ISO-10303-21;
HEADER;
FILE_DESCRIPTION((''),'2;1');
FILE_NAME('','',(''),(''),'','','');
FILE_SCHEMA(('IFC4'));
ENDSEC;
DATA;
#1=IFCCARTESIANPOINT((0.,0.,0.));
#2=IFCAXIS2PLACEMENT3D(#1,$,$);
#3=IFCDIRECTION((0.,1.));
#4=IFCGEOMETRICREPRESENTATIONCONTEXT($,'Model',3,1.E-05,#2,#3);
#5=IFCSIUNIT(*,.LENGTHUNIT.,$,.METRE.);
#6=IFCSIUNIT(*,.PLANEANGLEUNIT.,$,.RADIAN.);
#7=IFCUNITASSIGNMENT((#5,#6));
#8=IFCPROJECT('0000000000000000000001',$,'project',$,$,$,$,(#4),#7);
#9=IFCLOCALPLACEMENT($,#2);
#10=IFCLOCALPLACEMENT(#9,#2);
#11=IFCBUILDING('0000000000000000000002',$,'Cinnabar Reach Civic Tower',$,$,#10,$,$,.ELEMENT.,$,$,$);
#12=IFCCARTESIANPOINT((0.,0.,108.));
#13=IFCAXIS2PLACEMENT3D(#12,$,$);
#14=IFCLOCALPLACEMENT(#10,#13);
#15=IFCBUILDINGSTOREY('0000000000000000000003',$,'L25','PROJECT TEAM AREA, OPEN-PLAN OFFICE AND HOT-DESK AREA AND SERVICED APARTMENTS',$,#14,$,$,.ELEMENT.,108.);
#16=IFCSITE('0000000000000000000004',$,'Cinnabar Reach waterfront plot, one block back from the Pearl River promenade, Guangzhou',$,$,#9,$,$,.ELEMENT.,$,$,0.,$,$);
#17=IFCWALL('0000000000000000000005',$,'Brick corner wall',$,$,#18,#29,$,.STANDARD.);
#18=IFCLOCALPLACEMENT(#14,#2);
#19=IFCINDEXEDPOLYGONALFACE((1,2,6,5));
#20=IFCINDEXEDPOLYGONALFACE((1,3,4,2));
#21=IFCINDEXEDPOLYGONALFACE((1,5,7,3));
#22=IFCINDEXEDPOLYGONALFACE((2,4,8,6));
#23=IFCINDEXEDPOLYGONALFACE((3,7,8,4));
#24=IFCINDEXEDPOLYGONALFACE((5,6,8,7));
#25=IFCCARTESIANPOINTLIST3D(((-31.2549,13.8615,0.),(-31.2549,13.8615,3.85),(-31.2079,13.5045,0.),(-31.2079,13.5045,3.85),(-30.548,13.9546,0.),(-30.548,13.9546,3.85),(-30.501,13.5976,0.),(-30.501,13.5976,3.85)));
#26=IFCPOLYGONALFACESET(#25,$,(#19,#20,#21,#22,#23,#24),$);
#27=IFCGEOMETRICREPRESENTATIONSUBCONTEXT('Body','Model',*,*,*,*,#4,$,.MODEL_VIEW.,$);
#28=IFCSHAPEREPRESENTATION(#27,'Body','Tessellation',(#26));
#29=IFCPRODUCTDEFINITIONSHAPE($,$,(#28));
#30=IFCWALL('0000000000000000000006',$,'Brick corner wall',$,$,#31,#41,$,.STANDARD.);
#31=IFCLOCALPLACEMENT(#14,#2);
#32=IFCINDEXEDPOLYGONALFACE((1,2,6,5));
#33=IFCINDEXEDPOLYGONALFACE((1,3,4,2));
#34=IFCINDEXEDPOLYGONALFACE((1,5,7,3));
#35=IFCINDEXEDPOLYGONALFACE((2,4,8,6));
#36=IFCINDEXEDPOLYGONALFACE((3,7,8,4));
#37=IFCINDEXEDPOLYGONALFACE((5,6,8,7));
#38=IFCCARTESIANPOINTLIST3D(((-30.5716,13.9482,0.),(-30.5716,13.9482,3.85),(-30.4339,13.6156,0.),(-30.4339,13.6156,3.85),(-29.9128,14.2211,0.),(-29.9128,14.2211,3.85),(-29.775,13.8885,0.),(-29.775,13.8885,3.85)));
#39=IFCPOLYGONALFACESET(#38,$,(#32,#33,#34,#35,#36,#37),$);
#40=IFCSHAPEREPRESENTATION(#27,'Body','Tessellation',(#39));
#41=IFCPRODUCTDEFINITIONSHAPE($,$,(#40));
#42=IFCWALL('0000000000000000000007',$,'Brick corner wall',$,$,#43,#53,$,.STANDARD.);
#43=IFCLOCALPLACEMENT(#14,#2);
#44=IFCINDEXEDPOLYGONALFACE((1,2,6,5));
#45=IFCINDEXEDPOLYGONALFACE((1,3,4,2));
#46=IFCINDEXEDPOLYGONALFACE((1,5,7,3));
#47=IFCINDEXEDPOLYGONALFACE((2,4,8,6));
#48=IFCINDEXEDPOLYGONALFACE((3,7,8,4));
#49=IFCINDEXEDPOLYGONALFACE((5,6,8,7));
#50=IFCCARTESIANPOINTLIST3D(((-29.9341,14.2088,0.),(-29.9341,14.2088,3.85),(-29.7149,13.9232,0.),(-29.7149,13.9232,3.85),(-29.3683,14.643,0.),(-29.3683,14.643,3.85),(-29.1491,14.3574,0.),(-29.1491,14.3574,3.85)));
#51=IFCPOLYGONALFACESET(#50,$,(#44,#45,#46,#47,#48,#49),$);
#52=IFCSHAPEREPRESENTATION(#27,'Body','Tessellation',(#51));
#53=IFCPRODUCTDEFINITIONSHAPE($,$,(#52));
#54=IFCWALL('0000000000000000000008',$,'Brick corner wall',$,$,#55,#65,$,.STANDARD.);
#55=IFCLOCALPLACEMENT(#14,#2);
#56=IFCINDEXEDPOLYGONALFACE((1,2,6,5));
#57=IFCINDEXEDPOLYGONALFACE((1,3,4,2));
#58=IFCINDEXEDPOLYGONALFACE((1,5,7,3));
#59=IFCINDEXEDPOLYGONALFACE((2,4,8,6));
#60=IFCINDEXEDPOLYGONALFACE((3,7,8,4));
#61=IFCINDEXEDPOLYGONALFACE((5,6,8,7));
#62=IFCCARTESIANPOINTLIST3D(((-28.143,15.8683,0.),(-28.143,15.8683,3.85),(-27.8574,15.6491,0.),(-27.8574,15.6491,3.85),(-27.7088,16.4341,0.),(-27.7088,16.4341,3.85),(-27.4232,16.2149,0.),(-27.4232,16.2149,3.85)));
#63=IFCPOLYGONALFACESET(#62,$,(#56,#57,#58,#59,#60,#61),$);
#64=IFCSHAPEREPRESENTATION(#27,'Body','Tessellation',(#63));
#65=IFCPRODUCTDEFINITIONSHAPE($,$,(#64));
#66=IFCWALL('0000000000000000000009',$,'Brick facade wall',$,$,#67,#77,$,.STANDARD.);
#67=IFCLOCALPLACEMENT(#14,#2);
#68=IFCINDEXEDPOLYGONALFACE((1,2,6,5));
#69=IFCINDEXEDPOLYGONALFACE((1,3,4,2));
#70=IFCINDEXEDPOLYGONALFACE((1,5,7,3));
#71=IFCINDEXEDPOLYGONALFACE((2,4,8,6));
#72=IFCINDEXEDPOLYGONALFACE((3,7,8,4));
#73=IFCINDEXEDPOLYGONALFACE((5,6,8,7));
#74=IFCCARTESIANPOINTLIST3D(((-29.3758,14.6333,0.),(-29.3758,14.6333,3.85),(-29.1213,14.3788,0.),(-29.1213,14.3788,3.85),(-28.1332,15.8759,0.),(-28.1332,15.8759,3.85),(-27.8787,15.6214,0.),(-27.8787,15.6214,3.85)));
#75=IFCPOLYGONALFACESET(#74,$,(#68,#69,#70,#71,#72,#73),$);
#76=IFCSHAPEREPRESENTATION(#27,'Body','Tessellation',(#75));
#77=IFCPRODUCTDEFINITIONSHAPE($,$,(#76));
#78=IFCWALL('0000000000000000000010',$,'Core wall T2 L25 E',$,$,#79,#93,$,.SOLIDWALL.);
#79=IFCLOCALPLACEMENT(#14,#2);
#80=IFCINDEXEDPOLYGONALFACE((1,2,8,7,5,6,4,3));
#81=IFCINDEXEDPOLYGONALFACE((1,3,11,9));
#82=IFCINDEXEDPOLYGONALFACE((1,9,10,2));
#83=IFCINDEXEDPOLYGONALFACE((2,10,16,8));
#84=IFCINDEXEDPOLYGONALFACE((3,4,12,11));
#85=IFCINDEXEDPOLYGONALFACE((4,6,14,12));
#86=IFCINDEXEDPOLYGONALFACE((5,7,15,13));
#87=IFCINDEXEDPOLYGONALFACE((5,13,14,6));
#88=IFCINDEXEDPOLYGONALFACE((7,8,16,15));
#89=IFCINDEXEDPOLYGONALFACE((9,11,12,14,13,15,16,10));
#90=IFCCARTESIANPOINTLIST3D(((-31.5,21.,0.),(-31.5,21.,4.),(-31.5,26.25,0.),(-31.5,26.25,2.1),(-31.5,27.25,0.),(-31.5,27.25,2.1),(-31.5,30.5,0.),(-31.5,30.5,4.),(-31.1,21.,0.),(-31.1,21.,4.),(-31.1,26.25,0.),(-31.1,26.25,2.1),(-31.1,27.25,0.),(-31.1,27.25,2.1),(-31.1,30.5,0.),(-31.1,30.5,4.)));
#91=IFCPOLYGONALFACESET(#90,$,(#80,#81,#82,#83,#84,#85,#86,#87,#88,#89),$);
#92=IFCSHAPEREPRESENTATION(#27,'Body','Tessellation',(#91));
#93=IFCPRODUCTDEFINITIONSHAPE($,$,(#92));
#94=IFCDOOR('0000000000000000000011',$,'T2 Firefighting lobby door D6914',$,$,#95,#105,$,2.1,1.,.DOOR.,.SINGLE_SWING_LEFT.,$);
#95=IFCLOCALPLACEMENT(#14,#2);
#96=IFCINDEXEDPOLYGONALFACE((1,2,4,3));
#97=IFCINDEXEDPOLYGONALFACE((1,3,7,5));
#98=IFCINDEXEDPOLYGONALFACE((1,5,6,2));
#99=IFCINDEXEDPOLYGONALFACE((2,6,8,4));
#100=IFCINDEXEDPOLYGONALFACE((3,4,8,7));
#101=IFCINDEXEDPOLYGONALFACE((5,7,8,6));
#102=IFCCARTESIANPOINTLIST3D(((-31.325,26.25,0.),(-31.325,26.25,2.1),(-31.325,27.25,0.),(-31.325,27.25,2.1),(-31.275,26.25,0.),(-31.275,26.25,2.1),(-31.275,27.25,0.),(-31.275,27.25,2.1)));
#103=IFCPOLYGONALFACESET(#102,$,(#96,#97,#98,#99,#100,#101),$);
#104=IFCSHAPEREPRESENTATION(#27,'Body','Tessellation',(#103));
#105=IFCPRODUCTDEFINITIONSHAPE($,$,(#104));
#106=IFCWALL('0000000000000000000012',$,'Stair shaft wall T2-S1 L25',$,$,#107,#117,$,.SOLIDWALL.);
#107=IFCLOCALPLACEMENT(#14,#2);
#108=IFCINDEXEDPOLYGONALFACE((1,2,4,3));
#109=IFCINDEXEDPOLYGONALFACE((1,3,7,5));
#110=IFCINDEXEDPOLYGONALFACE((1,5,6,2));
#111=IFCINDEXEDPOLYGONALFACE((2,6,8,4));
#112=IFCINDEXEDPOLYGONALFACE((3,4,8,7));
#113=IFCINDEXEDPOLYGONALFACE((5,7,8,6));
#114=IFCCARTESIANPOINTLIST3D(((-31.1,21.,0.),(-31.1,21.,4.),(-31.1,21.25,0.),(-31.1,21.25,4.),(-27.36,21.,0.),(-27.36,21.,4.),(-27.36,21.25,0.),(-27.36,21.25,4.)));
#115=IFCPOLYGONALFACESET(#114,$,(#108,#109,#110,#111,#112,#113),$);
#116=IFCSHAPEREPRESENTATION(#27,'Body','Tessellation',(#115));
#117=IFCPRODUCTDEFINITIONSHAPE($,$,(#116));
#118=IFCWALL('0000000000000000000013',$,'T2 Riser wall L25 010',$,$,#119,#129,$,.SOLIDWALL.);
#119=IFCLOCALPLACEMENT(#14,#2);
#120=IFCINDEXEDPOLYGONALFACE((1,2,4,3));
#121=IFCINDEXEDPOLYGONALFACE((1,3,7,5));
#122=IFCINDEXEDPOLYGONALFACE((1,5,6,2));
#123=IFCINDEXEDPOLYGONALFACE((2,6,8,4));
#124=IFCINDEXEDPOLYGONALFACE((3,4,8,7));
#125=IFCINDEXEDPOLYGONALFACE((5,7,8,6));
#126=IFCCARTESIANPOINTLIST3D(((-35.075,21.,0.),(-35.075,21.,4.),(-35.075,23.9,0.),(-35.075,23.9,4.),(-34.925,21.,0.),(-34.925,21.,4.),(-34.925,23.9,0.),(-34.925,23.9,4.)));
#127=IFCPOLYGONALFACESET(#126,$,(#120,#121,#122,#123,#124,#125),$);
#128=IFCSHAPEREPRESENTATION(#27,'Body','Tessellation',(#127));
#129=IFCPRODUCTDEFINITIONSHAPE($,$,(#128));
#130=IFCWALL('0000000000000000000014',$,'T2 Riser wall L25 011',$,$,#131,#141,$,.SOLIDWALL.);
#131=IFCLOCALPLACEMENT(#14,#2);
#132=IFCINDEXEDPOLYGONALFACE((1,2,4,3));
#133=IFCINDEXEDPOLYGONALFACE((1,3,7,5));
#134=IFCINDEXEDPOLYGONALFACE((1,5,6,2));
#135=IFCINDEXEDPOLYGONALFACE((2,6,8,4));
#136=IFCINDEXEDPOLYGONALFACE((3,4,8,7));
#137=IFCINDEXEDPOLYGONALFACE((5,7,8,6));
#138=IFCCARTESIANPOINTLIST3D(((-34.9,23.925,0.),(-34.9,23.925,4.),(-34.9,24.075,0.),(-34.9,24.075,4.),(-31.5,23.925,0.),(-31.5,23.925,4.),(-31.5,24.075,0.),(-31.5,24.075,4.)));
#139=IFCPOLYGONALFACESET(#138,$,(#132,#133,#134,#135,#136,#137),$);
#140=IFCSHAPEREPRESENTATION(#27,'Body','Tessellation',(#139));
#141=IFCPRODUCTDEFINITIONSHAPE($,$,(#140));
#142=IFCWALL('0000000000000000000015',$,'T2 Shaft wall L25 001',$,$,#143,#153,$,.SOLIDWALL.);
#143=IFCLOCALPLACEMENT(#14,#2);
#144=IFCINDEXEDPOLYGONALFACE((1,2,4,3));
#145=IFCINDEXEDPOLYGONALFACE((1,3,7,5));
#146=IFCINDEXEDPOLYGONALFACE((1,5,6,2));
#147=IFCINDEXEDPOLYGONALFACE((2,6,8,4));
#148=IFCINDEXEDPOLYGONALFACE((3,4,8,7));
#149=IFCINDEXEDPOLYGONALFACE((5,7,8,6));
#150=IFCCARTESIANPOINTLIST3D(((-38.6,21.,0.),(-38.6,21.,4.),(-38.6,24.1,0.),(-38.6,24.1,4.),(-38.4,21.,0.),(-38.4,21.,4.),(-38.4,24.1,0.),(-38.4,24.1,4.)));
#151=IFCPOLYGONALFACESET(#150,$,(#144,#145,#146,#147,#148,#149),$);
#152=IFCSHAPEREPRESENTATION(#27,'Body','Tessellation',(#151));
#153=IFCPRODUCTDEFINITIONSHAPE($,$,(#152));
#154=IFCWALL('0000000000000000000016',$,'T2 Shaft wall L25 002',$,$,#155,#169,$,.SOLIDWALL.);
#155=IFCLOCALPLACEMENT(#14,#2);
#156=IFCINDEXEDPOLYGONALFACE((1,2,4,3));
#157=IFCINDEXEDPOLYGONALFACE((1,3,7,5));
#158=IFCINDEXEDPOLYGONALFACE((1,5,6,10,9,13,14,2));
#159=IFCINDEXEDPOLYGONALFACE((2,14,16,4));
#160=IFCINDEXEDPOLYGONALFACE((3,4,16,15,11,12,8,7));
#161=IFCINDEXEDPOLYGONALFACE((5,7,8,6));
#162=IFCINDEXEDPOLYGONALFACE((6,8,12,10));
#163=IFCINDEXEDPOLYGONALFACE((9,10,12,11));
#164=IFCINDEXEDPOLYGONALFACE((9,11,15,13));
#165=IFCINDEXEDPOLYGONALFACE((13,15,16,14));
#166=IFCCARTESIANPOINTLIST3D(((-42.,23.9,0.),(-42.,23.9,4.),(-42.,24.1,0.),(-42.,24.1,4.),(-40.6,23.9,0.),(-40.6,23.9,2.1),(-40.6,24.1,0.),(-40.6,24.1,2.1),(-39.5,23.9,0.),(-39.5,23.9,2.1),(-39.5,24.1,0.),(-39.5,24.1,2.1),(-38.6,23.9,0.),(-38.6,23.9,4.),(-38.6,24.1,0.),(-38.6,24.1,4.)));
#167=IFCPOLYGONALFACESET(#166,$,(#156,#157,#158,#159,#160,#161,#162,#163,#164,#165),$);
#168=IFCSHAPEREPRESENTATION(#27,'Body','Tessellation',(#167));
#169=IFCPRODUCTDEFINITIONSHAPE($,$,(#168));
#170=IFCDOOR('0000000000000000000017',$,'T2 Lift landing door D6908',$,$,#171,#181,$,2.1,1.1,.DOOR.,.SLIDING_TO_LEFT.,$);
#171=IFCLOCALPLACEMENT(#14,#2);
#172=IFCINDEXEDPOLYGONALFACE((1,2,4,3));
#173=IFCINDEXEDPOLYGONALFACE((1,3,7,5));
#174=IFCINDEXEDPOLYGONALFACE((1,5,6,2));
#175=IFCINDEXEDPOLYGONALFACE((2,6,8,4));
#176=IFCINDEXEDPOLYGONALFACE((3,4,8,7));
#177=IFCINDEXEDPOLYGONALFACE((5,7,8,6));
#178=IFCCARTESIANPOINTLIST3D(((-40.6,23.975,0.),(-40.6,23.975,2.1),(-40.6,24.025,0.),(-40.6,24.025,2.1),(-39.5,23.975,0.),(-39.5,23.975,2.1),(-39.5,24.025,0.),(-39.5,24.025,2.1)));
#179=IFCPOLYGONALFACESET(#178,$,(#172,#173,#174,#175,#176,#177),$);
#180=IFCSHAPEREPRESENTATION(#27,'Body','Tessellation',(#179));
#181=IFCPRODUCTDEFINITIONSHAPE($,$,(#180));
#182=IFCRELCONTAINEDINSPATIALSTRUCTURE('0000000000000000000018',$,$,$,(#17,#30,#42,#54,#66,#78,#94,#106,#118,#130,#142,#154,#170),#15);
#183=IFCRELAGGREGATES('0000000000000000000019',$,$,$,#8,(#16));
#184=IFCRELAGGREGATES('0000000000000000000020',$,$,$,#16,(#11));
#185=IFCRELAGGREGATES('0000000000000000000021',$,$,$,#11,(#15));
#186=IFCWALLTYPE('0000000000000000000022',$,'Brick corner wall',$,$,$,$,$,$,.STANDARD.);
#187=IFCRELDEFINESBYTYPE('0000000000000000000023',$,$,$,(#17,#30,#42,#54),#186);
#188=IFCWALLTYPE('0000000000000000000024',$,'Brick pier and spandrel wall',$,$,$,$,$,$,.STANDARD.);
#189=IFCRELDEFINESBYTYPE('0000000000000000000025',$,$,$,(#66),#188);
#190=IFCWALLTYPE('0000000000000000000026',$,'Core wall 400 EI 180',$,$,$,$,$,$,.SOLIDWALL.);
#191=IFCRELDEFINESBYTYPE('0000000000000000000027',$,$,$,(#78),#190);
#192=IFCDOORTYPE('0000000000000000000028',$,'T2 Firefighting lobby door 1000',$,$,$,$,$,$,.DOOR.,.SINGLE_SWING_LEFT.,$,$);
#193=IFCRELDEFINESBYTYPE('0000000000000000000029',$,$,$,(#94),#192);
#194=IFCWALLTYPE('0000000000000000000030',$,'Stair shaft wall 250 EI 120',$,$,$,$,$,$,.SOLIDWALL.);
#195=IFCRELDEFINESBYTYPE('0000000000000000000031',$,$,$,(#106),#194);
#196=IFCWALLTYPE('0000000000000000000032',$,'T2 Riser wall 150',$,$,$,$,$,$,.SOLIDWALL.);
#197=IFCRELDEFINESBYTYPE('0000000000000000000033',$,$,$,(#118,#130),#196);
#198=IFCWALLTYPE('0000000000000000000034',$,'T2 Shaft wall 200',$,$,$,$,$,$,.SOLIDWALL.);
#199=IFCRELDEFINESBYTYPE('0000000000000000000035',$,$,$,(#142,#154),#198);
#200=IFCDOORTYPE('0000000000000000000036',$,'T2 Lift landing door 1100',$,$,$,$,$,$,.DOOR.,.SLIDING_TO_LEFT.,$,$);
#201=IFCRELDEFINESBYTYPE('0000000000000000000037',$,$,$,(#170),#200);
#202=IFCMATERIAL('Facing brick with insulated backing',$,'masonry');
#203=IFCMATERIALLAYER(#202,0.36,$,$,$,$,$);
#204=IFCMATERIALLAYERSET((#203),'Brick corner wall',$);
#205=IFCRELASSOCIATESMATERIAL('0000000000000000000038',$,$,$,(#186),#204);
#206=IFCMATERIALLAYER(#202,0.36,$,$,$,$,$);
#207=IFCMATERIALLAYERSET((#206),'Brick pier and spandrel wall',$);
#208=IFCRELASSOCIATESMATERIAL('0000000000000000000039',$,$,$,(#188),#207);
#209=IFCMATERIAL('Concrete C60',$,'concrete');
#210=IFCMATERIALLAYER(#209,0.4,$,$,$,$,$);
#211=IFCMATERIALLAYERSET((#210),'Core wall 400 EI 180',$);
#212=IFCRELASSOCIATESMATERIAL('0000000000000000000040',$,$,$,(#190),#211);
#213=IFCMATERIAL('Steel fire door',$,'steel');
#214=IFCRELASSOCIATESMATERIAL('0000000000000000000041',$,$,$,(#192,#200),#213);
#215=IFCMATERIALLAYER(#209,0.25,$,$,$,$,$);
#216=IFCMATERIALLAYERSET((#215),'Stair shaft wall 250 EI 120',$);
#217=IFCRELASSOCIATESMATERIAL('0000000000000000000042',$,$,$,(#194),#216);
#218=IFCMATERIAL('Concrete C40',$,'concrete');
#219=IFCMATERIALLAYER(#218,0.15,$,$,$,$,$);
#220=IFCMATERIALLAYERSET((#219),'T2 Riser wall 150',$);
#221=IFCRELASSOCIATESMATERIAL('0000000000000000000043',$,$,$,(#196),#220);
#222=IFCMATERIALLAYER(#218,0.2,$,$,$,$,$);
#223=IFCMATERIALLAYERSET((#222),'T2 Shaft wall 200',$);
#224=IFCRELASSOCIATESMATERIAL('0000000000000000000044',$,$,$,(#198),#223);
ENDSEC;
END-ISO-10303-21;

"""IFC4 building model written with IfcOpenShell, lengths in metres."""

from ifc_helpers import new_model, si_unit, direction, frame, frame_2d, origin, place, context, subcontext, project, spatial, rectangle, extrude, material, layer, layer_set, type_object, element, fill, save


model = new_model("IFC4")

# Units and contexts
model_context = context("Model", 3, precision=1e-05, world=origin(), true_north=direction((0.0, 1.0)))
body_context = subcontext(model_context, "Body", "Model", "MODEL_VIEW")
ifc_project = project(units=[si_unit("LENGTHUNIT", "METRE"), si_unit("PLANEANGLEUNIT", "RADIAN")], contexts=[model_context])

# Site, building, storey
site_placement = place(None, origin())
site = spatial("IfcSite", under=ifc_project, at=site_placement, Name="Cinnabar Reach waterfront plot, one block back from the Pearl River promenade, Guangzhou", CompositionType="ELEMENT", RefElevation=0.0)
building_placement = place(site_placement, origin())
building = spatial("IfcBuilding", under=site, at=building_placement, Name="Cinnabar Reach Civic Tower", CompositionType="ELEMENT")
storey_placement = place(building_placement, frame((0.0, 0.0, 108.0)))
storey = spatial("IfcBuildingStorey", under=building, at=storey_placement, Name="L25", Description="PROJECT TEAM AREA, OPEN-PLAN OFFICE AND HOT-DESK AREA AND SERVICED APARTMENTS", CompositionType="ELEMENT", Elevation=108.0)

# Shared definitions
ifc_material_1 = material(Name="Concrete C60", Category="concrete")

# Walls
ifc_material_2 = material(Name="Facing brick with insulated backing", Category="masonry")
ifc_layer_1 = layer(ifc_material_2, 0.36)
ifc_layer_set_1 = layer_set([ifc_layer_1], Name="Brick corner wall")
wall_type_1 = type_object("IfcWallType", Name="Brick corner wall", PredefinedType="STANDARD", material=ifc_layer_set_1)
for number, where, z_axis, x_axis, name in (
    (1, (-31.2314, 13.683, 0.0), (0.0, 0.0, 1.0), (0.991441, 0.130556, 0.0), "Brick corner wall"),
    (2, (-30.5027, 13.7819, 0.0), (0.0, 0.0, 1.0), (0.923872, 0.382703, 0.0), "Brick corner wall"),
):
    element("IfcWall", number, at=place(storey_placement, frame(where, z_axis=z_axis, x_axis=x_axis)), inside=storey, type_object=wall_type_1, Name=name, PredefinedType="STANDARD", context=body_context, shape_type="SweptSolid", body=[
        extrude(rectangle(XDim=0.7131, YDim=0.36, at=frame_2d((0.3565, 0.0))), origin(), (0.0, 0.0, 1.0), 3.85),
    ])
for number, where, z_axis, x_axis, name in (
    (3, (-29.8245, 14.066, 0.0), (0.0, 0.0, 1.0), (0.793322, 0.608802, 0.0), "Brick corner wall"),
    (4, (-28.0002, 15.7587, 0.0), (0.0, 0.0, 1.0), (0.608802, 0.793322, 0.0), "Brick corner wall"),
):
    element("IfcWall", number, at=place(storey_placement, frame(where, z_axis=z_axis, x_axis=x_axis)), inside=storey, type_object=wall_type_1, Name=name, PredefinedType="STANDARD", context=body_context, shape_type="SweptSolid", body=[
        extrude(rectangle(XDim=0.7132, YDim=0.36, at=frame_2d((0.3566, 0.0))), origin(), (0.0, 0.0, 1.0), 3.85),
    ])
ifc_layer_2 = layer(ifc_material_2, 0.36)
ifc_layer_set_2 = layer_set([ifc_layer_2], Name="Brick pier and spandrel wall")
wall_type_2 = type_object("IfcWallType", Name="Brick pier and spandrel wall", PredefinedType="STANDARD", material=ifc_layer_set_2)
wall_1_placement = place(storey_placement, frame((-29.2486, 14.506, 0.0), z_axis=(0.0, 0.0, 1.0), x_axis=(0.707107, 0.707107, 0.0)))
element("IfcWall", 5, at=wall_1_placement, inside=storey, type_object=wall_type_2, Name="Brick facade wall", PredefinedType="STANDARD", context=body_context, shape_type="SweptSolid", body=[
    extrude(rectangle(XDim=1.7573, YDim=0.36, at=frame_2d((0.8787, 0.0))), origin(), (0.0, 0.0, 1.0), 3.85),
])

# Wall, opening, door
ifc_layer_3 = layer(ifc_material_1, 0.4)
ifc_layer_set_3 = layer_set([ifc_layer_3], Name="Core wall 400 EI 180")
wall_type_3 = type_object("IfcWallType", Name="Core wall 400 EI 180", PredefinedType="SOLIDWALL", material=ifc_layer_set_3)
wall_2_placement = place(storey_placement, frame((-31.3, 21.0, 0.0), z_axis=(0.0, 0.0, 1.0), x_axis=(0.0, 1.0, 0.0)))
wall_2 = element("IfcWall", 6, at=wall_2_placement, inside=storey, type_object=wall_type_3, Name="Core wall T2 L25 E", PredefinedType="SOLIDWALL", context=body_context, shape_type="SweptSolid", body=[
    extrude(rectangle(XDim=9.5, YDim=0.4, at=frame_2d((4.75, 0.0))), origin(), (0.0, 0.0, 1.0), 4.0),
])
opening_1_placement = place(wall_2_placement, frame((5.25, 0.0, 0.0)))
opening_1 = element("IfcOpeningElement", 7, at=opening_1_placement, cuts=wall_2, PredefinedType="OPENING", context=body_context, shape_type="SweptSolid", body=[
    extrude(rectangle(XDim=1.0, YDim=2.1, at=frame_2d((0.5, 1.05))), frame((0.0, 0.21, 0.0), z_axis=(0.0, -1.0, 0.0), x_axis=(1.0, 0.0, 0.0)), (0.0, 0.0, 1.0), 0.42),
])
ifc_material_3 = material(Name="Steel fire door", Category="steel")
door_type_1 = type_object("IfcDoorType", Name="T2 Firefighting lobby door 1000", OperationType="SINGLE_SWING_LEFT", PredefinedType="DOOR", material=ifc_material_3)
door_1_placement = place(opening_1_placement, frame((1.0, 0.0, 0.0), z_axis=(0.0, 0.0, 1.0), x_axis=(-1.0, 0.0, 0.0)))
door_1 = element("IfcDoor", 8, at=door_1_placement, inside=storey, type_object=door_type_1, Name="T2 Firefighting lobby door D6914", OperationType="SINGLE_SWING_LEFT", OverallHeight=2.1, OverallWidth=1.0, PredefinedType="DOOR", context=body_context, shape_type="SweptSolid", body=[
    extrude(rectangle(XDim=1.0, YDim=2.1, at=frame_2d((0.5, 1.05))), frame((0.0, 0.025, 0.0), z_axis=(0.0, -1.0, 0.0), x_axis=(1.0, 0.0, 0.0)), (0.0, 0.0, 1.0), 0.05),
])
fill(opening_1, door_1)

# Walls
ifc_layer_4 = layer(ifc_material_1, 0.25)
ifc_layer_set_4 = layer_set([ifc_layer_4], Name="Stair shaft wall 250 EI 120")
wall_type_4 = type_object("IfcWallType", Name="Stair shaft wall 250 EI 120", PredefinedType="SOLIDWALL", material=ifc_layer_set_4)
wall_3_placement = place(storey_placement, frame((-31.1, 21.125, 0.0), z_axis=(0.0, 0.0, 1.0), x_axis=(1.0, 0.0, 0.0)))
element("IfcWall", 9, at=wall_3_placement, inside=storey, type_object=wall_type_4, Name="Stair shaft wall T2-S1 L25", PredefinedType="SOLIDWALL", context=body_context, shape_type="SweptSolid", body=[
    extrude(rectangle(XDim=3.74, YDim=0.25, at=frame_2d((1.87, 0.0))), origin(), (0.0, 0.0, 1.0), 4.0),
])
ifc_material_4 = material(Name="Concrete C40", Category="concrete")
ifc_layer_5 = layer(ifc_material_4, 0.15)
ifc_layer_set_5 = layer_set([ifc_layer_5], Name="T2 Riser wall 150")
wall_type_5 = type_object("IfcWallType", Name="T2 Riser wall 150", PredefinedType="SOLIDWALL", material=ifc_layer_set_5)
wall_4_placement = place(storey_placement, frame((-35.0, 21.0, 0.0), z_axis=(0.0, 0.0, 1.0), x_axis=(0.0, 1.0, 0.0)))
element("IfcWall", 10, at=wall_4_placement, inside=storey, type_object=wall_type_5, Name="T2 Riser wall L25 010", PredefinedType="SOLIDWALL", context=body_context, shape_type="SweptSolid", body=[
    extrude(rectangle(XDim=2.9, YDim=0.15, at=frame_2d((1.45, 0.0))), origin(), (0.0, 0.0, 1.0), 4.0),
])
wall_5_placement = place(storey_placement, frame((-31.5, 24.0, 0.0), z_axis=(0.0, 0.0, 1.0), x_axis=(-1.0, 0.0, 0.0)))
element("IfcWall", 11, at=wall_5_placement, inside=storey, type_object=wall_type_5, Name="T2 Riser wall L25 011", PredefinedType="SOLIDWALL", context=body_context, shape_type="SweptSolid", body=[
    extrude(rectangle(XDim=3.4, YDim=0.15, at=frame_2d((1.7, 0.0))), origin(), (0.0, 0.0, 1.0), 4.0),
])
ifc_layer_6 = layer(ifc_material_4, 0.2)
ifc_layer_set_6 = layer_set([ifc_layer_6], Name="T2 Shaft wall 200")
wall_type_6 = type_object("IfcWallType", Name="T2 Shaft wall 200", PredefinedType="SOLIDWALL", material=ifc_layer_set_6)
wall_6_placement = place(storey_placement, frame((-38.5, 21.0, 0.0), z_axis=(0.0, 0.0, 1.0), x_axis=(0.0, 1.0, 0.0)))
element("IfcWall", 12, at=wall_6_placement, inside=storey, type_object=wall_type_6, Name="T2 Shaft wall L25 001", PredefinedType="SOLIDWALL", context=body_context, shape_type="SweptSolid", body=[
    extrude(rectangle(XDim=3.1, YDim=0.2, at=frame_2d((1.55, 0.0))), origin(), (0.0, 0.0, 1.0), 4.0),
])

# Wall, opening, door
wall_7_placement = place(storey_placement, frame((-38.6, 24.0, 0.0), z_axis=(0.0, 0.0, 1.0), x_axis=(-1.0, 0.0, 0.0)))
wall_7 = element("IfcWall", 13, at=wall_7_placement, inside=storey, type_object=wall_type_6, Name="T2 Shaft wall L25 002", PredefinedType="SOLIDWALL", context=body_context, shape_type="SweptSolid", body=[
    extrude(rectangle(XDim=3.4, YDim=0.2, at=frame_2d((1.7, 0.0))), origin(), (0.0, 0.0, 1.0), 4.0),
])
opening_2_placement = place(wall_7_placement, frame((0.9, 0.0, 0.0)))
opening_2 = element("IfcOpeningElement", 14, at=opening_2_placement, cuts=wall_7, PredefinedType="OPENING", context=body_context, shape_type="SweptSolid", body=[
    extrude(rectangle(XDim=1.1, YDim=2.1, at=frame_2d((0.55, 1.05))), frame((0.0, 0.11, 0.0), z_axis=(0.0, -1.0, 0.0), x_axis=(1.0, 0.0, 0.0)), (0.0, 0.0, 1.0), 0.22),
])
door_type_2 = type_object("IfcDoorType", Name="T2 Lift landing door 1100", OperationType="SLIDING_TO_LEFT", PredefinedType="DOOR", material=ifc_material_3)
door_2_placement = place(opening_2_placement, origin())
door_2 = element("IfcDoor", 15, at=door_2_placement, inside=storey, type_object=door_type_2, Name="T2 Lift landing door D6908", OperationType="SLIDING_TO_LEFT", OverallHeight=2.1, OverallWidth=1.1, PredefinedType="DOOR", context=body_context, shape_type="SweptSolid", body=[
    extrude(rectangle(XDim=1.1, YDim=2.1, at=frame_2d((0.55, 1.05))), frame((0.0, 0.025, 0.0), z_axis=(0.0, -1.0, 0.0), x_axis=(1.0, 0.0, 0.0)), (0.0, 0.0, 1.0), 0.05),
])
fill(opening_2, door_2)

save(model, "model.ifc")
